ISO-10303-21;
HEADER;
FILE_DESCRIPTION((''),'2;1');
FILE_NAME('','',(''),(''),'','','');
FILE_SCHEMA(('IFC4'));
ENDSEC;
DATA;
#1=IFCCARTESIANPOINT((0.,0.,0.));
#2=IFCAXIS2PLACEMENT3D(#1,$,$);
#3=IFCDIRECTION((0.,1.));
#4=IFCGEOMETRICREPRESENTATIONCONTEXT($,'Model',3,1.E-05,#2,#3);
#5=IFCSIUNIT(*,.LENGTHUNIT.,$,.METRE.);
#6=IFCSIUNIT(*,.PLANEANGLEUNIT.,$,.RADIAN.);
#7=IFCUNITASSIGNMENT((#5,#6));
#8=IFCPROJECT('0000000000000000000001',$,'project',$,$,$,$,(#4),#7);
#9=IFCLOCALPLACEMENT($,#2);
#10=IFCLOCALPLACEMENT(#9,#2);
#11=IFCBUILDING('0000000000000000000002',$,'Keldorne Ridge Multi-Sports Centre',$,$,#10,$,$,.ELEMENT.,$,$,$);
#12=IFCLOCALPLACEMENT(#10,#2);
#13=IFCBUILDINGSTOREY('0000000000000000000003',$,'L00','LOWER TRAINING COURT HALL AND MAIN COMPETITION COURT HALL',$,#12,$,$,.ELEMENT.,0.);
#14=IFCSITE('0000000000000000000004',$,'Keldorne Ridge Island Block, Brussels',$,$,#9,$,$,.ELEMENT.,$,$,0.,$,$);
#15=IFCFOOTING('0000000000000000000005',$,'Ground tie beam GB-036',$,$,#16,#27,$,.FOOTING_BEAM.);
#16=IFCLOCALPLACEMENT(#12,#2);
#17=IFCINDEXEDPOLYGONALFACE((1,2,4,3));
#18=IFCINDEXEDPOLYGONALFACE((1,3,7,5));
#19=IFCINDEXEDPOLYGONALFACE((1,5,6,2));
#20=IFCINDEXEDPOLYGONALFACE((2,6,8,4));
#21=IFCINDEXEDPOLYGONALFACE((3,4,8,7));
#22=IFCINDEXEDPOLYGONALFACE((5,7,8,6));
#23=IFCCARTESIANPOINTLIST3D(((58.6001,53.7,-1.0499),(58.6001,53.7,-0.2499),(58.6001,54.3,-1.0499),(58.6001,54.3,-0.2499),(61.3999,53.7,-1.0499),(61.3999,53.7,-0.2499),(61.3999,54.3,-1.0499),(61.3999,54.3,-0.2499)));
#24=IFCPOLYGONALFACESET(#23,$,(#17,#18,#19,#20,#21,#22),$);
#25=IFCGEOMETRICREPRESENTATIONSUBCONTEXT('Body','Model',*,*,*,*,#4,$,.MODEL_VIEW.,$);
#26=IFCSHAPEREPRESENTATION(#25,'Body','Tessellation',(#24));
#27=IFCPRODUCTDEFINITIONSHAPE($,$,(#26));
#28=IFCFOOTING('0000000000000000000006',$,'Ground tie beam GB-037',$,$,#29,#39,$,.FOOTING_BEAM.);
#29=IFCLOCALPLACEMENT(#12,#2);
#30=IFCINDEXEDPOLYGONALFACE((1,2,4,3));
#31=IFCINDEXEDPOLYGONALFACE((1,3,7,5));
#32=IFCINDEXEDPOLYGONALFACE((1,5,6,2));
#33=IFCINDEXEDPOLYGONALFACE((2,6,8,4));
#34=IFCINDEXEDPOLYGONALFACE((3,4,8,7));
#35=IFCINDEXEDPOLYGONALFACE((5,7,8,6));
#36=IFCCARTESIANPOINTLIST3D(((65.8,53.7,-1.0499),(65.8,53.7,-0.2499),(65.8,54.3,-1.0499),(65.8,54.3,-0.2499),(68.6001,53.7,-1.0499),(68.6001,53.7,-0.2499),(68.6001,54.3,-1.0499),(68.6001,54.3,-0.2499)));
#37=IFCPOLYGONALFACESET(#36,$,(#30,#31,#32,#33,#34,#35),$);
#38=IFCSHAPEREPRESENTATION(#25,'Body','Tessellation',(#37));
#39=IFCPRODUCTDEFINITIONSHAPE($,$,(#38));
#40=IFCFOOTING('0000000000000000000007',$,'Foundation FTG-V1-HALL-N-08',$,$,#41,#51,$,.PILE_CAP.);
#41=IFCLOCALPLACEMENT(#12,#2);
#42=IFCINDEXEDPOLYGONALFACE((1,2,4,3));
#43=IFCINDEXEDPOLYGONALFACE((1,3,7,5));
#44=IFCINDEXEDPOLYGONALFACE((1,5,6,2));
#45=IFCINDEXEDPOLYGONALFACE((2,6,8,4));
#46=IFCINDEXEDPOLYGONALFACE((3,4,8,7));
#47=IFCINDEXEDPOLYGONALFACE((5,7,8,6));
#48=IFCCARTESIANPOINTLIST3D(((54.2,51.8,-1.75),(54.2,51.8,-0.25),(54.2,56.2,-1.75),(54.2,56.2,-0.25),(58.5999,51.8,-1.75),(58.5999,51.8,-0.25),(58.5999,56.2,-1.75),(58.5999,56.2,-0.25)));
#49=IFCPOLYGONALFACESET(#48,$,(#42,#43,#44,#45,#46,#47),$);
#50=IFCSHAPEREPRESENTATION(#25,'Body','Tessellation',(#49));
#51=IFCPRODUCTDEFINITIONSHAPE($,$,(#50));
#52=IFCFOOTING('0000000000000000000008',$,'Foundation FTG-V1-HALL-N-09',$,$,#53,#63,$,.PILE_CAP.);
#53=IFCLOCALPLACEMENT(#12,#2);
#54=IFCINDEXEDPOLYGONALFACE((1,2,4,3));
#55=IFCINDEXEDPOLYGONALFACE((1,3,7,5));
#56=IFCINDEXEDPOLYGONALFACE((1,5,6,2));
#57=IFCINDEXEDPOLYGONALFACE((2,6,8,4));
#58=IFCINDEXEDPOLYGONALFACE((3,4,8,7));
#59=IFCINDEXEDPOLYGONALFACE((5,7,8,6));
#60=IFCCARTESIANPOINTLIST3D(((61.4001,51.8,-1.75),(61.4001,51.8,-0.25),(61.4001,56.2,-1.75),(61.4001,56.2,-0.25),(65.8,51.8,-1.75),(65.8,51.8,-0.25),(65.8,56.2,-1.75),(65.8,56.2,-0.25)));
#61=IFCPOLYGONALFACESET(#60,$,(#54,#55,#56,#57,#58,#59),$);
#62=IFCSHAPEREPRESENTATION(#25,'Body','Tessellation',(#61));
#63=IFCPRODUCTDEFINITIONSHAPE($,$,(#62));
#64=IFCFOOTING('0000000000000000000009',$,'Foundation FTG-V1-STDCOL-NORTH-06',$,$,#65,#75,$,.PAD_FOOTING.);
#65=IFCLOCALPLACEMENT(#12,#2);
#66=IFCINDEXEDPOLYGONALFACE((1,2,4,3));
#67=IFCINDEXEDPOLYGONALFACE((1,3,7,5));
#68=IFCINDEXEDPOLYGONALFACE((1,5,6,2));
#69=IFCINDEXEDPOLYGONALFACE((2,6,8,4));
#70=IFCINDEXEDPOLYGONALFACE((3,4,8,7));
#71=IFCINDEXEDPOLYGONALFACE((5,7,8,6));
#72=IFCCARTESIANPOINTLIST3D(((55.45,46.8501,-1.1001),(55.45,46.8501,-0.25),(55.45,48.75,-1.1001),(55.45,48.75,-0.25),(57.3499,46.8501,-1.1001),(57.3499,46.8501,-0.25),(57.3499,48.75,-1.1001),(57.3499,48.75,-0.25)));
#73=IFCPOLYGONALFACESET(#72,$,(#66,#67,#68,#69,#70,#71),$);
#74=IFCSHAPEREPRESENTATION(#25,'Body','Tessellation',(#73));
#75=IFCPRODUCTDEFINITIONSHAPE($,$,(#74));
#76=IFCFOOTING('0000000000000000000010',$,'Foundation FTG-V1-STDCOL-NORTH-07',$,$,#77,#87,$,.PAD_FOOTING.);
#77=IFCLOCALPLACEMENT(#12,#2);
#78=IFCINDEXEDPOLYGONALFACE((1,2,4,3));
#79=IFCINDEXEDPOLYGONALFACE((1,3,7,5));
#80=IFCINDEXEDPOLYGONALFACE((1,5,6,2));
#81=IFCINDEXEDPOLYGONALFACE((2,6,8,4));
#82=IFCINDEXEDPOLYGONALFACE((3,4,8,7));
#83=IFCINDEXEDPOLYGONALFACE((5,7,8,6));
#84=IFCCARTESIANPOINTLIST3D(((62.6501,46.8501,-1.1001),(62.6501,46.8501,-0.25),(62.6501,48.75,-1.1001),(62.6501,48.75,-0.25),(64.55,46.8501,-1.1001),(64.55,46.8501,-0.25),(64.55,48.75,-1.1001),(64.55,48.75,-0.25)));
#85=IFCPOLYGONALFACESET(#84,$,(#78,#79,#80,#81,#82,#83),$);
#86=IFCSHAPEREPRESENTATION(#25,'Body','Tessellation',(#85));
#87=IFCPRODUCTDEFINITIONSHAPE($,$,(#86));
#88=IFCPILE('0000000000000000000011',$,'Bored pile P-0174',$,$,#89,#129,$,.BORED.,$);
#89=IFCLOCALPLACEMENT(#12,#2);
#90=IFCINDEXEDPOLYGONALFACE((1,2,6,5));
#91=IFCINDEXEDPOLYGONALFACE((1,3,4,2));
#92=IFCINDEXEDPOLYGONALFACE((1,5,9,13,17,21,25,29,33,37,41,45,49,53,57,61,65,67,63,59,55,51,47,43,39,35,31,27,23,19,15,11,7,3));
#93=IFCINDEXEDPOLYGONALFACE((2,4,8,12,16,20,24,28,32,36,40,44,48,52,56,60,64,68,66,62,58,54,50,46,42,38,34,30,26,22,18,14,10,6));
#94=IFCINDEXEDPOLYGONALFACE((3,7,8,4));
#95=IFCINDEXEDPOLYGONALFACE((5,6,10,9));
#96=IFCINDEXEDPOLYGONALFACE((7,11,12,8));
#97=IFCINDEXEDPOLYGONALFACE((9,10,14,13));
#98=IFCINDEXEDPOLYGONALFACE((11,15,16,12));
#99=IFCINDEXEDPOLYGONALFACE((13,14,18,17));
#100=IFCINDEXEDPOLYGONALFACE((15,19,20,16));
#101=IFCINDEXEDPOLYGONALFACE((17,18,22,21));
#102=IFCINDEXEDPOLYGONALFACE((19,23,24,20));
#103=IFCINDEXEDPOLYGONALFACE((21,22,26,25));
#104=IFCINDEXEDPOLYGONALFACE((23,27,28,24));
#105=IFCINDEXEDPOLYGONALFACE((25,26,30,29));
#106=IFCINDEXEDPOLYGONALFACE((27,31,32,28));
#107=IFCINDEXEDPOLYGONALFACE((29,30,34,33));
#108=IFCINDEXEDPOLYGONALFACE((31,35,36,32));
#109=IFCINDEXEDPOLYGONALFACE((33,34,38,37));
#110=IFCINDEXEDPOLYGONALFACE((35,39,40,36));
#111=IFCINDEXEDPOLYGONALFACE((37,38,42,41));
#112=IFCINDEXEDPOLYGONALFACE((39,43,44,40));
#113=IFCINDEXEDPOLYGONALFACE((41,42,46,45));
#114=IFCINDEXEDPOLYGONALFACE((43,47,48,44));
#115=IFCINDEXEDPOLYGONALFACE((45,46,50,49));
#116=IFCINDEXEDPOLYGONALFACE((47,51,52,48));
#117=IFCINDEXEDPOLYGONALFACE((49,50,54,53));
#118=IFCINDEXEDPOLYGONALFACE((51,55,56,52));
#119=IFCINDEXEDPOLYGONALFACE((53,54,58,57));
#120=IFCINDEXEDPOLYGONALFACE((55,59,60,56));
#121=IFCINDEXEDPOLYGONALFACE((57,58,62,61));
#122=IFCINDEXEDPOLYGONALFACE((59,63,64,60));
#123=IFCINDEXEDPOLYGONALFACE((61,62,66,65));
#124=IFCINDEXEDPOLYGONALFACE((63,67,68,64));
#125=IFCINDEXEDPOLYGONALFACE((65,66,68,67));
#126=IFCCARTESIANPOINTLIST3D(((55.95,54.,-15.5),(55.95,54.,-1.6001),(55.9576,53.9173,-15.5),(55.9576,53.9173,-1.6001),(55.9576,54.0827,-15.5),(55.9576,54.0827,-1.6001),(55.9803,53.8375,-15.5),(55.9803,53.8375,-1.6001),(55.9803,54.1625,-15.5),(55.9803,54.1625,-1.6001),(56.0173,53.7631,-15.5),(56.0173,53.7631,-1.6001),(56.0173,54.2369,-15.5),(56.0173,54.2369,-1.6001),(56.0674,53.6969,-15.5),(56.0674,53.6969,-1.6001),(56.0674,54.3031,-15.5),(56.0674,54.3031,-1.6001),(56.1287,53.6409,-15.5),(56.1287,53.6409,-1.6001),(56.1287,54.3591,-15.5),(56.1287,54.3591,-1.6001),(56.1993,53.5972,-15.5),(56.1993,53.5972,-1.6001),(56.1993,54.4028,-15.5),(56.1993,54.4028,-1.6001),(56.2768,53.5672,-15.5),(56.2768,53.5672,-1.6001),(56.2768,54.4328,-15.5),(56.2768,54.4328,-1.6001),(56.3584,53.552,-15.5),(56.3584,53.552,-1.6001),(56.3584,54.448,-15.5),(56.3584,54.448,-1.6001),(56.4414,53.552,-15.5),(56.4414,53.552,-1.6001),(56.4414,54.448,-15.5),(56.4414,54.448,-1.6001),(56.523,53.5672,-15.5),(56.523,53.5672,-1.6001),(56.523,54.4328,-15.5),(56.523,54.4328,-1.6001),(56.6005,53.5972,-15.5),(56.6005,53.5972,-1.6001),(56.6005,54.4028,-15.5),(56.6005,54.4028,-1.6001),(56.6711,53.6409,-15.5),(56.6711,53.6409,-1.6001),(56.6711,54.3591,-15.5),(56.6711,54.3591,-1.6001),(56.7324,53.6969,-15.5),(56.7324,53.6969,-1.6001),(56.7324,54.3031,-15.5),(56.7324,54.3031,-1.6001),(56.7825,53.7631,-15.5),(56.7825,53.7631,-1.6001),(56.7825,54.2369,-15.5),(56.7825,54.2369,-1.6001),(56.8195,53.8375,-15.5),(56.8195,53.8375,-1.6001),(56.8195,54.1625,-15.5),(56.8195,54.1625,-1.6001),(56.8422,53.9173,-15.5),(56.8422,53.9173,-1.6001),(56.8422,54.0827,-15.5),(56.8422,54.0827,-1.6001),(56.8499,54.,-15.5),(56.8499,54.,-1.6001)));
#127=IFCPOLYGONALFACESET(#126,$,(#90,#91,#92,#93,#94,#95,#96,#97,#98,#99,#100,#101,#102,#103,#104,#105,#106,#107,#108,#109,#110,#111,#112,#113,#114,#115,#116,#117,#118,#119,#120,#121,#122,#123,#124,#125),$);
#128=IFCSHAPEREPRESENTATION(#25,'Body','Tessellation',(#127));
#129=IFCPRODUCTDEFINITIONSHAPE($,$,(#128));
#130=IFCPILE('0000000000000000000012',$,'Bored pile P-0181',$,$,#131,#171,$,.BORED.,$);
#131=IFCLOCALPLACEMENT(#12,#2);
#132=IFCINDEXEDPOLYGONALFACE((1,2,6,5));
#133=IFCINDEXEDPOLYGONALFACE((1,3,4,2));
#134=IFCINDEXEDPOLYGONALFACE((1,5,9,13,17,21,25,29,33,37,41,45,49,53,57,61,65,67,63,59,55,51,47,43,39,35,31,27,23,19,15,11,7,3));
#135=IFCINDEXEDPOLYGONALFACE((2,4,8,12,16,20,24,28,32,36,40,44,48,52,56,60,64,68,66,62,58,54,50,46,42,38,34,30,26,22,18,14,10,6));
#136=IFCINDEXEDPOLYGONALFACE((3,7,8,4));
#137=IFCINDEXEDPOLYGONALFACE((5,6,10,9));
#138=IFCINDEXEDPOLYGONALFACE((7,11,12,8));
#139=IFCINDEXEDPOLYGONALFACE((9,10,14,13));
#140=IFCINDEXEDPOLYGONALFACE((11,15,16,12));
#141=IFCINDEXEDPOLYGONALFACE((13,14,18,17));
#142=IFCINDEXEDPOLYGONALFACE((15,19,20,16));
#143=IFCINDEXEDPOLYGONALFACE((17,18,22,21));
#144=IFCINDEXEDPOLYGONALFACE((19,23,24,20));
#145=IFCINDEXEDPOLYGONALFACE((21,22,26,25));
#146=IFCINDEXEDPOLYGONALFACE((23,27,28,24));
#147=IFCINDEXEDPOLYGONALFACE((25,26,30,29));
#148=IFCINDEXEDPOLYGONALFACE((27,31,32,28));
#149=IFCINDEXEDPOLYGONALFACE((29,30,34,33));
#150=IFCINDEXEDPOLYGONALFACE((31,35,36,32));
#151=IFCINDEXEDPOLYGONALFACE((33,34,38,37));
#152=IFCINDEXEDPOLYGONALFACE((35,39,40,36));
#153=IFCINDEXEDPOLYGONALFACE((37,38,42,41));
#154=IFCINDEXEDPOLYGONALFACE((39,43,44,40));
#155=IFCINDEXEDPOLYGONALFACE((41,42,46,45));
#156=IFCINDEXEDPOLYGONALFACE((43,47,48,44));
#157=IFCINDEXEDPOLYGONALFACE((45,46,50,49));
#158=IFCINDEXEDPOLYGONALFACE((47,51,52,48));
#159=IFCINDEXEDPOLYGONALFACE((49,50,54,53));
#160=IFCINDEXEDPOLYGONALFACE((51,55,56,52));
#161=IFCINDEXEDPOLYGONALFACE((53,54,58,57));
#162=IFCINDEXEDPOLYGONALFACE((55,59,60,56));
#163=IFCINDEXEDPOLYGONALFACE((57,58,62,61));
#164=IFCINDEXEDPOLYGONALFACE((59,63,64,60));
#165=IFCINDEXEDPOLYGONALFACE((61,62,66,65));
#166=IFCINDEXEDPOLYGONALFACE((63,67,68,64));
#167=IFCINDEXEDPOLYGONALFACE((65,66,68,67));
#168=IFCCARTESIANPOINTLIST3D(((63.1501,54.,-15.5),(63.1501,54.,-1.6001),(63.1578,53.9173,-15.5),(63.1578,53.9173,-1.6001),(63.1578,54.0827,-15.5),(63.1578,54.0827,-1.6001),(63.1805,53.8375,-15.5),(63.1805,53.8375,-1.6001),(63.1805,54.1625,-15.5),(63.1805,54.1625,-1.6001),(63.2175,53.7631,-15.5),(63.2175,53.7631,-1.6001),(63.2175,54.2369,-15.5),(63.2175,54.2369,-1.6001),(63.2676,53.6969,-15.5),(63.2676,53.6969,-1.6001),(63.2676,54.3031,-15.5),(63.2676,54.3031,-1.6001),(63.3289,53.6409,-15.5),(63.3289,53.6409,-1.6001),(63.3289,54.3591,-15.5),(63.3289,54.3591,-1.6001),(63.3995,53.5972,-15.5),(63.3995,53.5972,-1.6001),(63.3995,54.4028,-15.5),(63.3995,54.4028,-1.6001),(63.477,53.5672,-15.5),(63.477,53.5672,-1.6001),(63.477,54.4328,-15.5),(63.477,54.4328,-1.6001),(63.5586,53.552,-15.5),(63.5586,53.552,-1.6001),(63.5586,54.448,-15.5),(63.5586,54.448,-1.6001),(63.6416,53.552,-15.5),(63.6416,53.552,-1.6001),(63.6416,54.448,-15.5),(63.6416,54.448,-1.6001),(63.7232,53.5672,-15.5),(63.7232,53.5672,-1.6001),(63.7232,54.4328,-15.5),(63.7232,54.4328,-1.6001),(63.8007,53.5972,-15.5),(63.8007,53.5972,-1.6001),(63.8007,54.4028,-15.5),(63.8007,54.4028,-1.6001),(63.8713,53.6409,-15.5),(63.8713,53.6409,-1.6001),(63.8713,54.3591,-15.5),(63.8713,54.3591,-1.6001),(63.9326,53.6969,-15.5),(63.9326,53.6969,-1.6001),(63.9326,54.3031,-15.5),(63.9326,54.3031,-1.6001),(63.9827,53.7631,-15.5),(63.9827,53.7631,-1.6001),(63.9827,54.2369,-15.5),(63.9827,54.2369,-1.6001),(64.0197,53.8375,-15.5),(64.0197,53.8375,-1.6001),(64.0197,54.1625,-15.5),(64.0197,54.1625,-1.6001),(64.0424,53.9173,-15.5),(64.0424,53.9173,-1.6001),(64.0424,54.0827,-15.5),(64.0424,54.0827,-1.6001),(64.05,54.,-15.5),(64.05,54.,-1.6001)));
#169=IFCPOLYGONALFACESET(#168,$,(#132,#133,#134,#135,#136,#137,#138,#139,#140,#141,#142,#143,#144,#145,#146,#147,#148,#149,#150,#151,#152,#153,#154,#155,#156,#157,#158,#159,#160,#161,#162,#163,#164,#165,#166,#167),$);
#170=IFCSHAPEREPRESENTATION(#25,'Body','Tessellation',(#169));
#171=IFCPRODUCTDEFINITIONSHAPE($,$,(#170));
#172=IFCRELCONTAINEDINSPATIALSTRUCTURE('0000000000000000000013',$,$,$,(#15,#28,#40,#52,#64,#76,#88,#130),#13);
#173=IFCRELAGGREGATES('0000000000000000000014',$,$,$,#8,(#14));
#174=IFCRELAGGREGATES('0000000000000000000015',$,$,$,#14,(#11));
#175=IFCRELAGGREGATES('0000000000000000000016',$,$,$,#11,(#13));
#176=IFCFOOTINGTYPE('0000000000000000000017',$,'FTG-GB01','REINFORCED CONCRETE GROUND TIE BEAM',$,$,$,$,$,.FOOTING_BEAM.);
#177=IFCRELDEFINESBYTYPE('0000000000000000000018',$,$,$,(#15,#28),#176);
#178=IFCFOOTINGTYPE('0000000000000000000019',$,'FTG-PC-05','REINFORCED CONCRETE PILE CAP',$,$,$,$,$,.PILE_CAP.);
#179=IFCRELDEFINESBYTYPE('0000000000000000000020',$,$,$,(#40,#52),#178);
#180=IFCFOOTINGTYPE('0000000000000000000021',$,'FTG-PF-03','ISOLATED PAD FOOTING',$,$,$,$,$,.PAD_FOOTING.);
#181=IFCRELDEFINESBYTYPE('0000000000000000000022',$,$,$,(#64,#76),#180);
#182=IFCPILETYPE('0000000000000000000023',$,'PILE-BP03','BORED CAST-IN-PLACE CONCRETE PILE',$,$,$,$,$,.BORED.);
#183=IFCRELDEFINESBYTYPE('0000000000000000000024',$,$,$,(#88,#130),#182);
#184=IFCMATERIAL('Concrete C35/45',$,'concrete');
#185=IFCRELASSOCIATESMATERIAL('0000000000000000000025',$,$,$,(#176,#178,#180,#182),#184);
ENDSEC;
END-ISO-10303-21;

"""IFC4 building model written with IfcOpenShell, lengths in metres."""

from ifc_helpers import new_model, si_unit, direction, frame, origin, origin_2d, place, context, subcontext, project, spatial, rectangle, circle, extrude, material, material_profile, profile_set, type_object, element, save


model = new_model("IFC4")

# Units and contexts
model_context = context("Model", 3, precision=1e-05, world=origin(), true_north=direction((0.0, 1.0)))
body_context = subcontext(model_context, "Body", "Model", "MODEL_VIEW")
ifc_project = project(units=[si_unit("LENGTHUNIT", "METRE"), si_unit("PLANEANGLEUNIT", "RADIAN")], contexts=[model_context])

# Site, building, storey
site_placement = place(None, origin())
site = spatial("IfcSite", under=ifc_project, at=site_placement, Name="Keldorne Ridge Island Block, Brussels", CompositionType="ELEMENT", RefElevation=0.0)
building_placement = place(site_placement, origin())
building = spatial("IfcBuilding", under=site, at=building_placement, Name="Keldorne Ridge Multi-Sports Centre", CompositionType="ELEMENT")
storey_placement = place(building_placement, origin())
storey = spatial("IfcBuildingStorey", under=building, at=storey_placement, Name="L00", Description="LOWER TRAINING COURT HALL AND MAIN COMPETITION COURT HALL", CompositionType="ELEMENT", Elevation=0.0)

# Footings
ifc_material_1 = material(Name="Concrete C35/45", Category="concrete")
ifc_material_profile_1 = material_profile(ifc_material_1, rectangle(XDim=0.6001, YDim=0.8, at=origin_2d()), Name="GB 600x800")
ifc_profile_set_1 = profile_set([ifc_material_profile_1], Name="Concrete C35/45")
footing_type_1 = type_object("IfcFootingType", Name="FTG-GB01", Description="REINFORCED CONCRETE GROUND TIE BEAM", PredefinedType="FOOTING_BEAM", material=ifc_profile_set_1)
footing_1_placement = place(storey_placement, frame((58.6001, 54.0, -0.6499), z_axis=(1.0, 0.0, 0.0), x_axis=(0.0, 1.0, 0.0)))
element("IfcFooting", 1, at=footing_1_placement, inside=storey, type_object=footing_type_1, Name="Ground tie beam GB-036", PredefinedType="FOOTING_BEAM", context=body_context, shape_type="SweptSolid", body=[
    extrude(rectangle(XDim=0.6001, YDim=0.8, at=origin_2d()), origin(), (0.0, 0.0, 1.0), 2.7998),
])
footing_2_placement = place(storey_placement, frame((65.8, 54.0, -0.6499), z_axis=(1.0, 0.0, 0.0), x_axis=(0.0, 1.0, 0.0)))
element("IfcFooting", 2, at=footing_2_placement, inside=storey, type_object=footing_type_1, Name="Ground tie beam GB-037", PredefinedType="FOOTING_BEAM", context=body_context, shape_type="SweptSolid", body=[
    extrude(rectangle(XDim=0.6001, YDim=0.8, at=origin_2d()), origin(), (0.0, 0.0, 1.0), 2.8),
])
footing_type_2 = type_object("IfcFootingType", Name="FTG-PC-05", Description="REINFORCED CONCRETE PILE CAP", PredefinedType="PILE_CAP", material=ifc_material_1)
for number, where, z_axis, x_axis, name in (
    (3, (56.3999, 54.0, -1.75), (0.0, 0.0, 1.0), (1.0, 0.0, 0.0), "Foundation FTG-V1-HALL-N-08"),
    (4, (63.6001, 54.0, -1.75), (0.0, 0.0, 1.0), (1.0, 0.0, 0.0), "Foundation FTG-V1-HALL-N-09"),
):
    element("IfcFooting", number, at=place(storey_placement, frame(where, z_axis=z_axis, x_axis=x_axis)), inside=storey, type_object=footing_type_2, Name=name, PredefinedType="PILE_CAP", context=body_context, shape_type="SweptSolid", body=[
        extrude(rectangle(XDim=4.3999, YDim=4.3999, at=origin_2d()), origin(), (0.0, 0.0, 1.0), 1.5),
    ])
footing_type_3 = type_object("IfcFootingType", Name="FTG-PF-03", Description="ISOLATED PAD FOOTING", PredefinedType="PAD_FOOTING", material=ifc_material_1)
for number, where, z_axis, x_axis, name in (
    (5, (56.3999, 47.8, -1.1001), (0.0, 0.0, 1.0), (1.0, 0.0, 0.0), "Foundation FTG-V1-STDCOL-NORTH-06"),
    (6, (63.6001, 47.8, -1.1001), (0.0, 0.0, 1.0), (1.0, 0.0, 0.0), "Foundation FTG-V1-STDCOL-NORTH-07"),
):
    element("IfcFooting", number, at=place(storey_placement, frame(where, z_axis=z_axis, x_axis=x_axis)), inside=storey, type_object=footing_type_3, Name=name, PredefinedType="PAD_FOOTING", context=body_context, shape_type="SweptSolid", body=[
        extrude(rectangle(XDim=1.8999, YDim=1.8999, at=origin_2d()), origin(), (0.0, 0.0, 1.0), 0.8501),
    ])

# Piles
ifc_material_profile_2 = material_profile(ifc_material_1, circle(Radius=0.45, at=origin_2d()), Name="BORED PILE D900")
ifc_profile_set_2 = profile_set([ifc_material_profile_2], Name="Concrete C35/45")
pile_type = type_object("IfcPileType", Name="PILE-BP03", Description="BORED CAST-IN-PLACE CONCRETE PILE", PredefinedType="BORED", material=ifc_profile_set_2)
for number, where, z_axis, x_axis, name in (
    (7, (56.3999, 54.0, -1.6001), (0.0, 0.0, -1.0), (1.0, 0.0, 0.0), "Bored pile P-0174"),
    (8, (63.6001, 54.0, -1.6001), (0.0, 0.0, -1.0), (1.0, 0.0, 0.0), "Bored pile P-0181"),
):
    element("IfcPile", number, at=place(storey_placement, frame(where, z_axis=z_axis, x_axis=x_axis)), inside=storey, type_object=pile_type, Name=name, PredefinedType="BORED", context=body_context, shape_type="SweptSolid", body=[
        extrude(circle(Radius=0.45, at=origin_2d()), origin(), (0.0, 0.0, 1.0), 13.8999),
    ])

save(model, "model.ifc")
